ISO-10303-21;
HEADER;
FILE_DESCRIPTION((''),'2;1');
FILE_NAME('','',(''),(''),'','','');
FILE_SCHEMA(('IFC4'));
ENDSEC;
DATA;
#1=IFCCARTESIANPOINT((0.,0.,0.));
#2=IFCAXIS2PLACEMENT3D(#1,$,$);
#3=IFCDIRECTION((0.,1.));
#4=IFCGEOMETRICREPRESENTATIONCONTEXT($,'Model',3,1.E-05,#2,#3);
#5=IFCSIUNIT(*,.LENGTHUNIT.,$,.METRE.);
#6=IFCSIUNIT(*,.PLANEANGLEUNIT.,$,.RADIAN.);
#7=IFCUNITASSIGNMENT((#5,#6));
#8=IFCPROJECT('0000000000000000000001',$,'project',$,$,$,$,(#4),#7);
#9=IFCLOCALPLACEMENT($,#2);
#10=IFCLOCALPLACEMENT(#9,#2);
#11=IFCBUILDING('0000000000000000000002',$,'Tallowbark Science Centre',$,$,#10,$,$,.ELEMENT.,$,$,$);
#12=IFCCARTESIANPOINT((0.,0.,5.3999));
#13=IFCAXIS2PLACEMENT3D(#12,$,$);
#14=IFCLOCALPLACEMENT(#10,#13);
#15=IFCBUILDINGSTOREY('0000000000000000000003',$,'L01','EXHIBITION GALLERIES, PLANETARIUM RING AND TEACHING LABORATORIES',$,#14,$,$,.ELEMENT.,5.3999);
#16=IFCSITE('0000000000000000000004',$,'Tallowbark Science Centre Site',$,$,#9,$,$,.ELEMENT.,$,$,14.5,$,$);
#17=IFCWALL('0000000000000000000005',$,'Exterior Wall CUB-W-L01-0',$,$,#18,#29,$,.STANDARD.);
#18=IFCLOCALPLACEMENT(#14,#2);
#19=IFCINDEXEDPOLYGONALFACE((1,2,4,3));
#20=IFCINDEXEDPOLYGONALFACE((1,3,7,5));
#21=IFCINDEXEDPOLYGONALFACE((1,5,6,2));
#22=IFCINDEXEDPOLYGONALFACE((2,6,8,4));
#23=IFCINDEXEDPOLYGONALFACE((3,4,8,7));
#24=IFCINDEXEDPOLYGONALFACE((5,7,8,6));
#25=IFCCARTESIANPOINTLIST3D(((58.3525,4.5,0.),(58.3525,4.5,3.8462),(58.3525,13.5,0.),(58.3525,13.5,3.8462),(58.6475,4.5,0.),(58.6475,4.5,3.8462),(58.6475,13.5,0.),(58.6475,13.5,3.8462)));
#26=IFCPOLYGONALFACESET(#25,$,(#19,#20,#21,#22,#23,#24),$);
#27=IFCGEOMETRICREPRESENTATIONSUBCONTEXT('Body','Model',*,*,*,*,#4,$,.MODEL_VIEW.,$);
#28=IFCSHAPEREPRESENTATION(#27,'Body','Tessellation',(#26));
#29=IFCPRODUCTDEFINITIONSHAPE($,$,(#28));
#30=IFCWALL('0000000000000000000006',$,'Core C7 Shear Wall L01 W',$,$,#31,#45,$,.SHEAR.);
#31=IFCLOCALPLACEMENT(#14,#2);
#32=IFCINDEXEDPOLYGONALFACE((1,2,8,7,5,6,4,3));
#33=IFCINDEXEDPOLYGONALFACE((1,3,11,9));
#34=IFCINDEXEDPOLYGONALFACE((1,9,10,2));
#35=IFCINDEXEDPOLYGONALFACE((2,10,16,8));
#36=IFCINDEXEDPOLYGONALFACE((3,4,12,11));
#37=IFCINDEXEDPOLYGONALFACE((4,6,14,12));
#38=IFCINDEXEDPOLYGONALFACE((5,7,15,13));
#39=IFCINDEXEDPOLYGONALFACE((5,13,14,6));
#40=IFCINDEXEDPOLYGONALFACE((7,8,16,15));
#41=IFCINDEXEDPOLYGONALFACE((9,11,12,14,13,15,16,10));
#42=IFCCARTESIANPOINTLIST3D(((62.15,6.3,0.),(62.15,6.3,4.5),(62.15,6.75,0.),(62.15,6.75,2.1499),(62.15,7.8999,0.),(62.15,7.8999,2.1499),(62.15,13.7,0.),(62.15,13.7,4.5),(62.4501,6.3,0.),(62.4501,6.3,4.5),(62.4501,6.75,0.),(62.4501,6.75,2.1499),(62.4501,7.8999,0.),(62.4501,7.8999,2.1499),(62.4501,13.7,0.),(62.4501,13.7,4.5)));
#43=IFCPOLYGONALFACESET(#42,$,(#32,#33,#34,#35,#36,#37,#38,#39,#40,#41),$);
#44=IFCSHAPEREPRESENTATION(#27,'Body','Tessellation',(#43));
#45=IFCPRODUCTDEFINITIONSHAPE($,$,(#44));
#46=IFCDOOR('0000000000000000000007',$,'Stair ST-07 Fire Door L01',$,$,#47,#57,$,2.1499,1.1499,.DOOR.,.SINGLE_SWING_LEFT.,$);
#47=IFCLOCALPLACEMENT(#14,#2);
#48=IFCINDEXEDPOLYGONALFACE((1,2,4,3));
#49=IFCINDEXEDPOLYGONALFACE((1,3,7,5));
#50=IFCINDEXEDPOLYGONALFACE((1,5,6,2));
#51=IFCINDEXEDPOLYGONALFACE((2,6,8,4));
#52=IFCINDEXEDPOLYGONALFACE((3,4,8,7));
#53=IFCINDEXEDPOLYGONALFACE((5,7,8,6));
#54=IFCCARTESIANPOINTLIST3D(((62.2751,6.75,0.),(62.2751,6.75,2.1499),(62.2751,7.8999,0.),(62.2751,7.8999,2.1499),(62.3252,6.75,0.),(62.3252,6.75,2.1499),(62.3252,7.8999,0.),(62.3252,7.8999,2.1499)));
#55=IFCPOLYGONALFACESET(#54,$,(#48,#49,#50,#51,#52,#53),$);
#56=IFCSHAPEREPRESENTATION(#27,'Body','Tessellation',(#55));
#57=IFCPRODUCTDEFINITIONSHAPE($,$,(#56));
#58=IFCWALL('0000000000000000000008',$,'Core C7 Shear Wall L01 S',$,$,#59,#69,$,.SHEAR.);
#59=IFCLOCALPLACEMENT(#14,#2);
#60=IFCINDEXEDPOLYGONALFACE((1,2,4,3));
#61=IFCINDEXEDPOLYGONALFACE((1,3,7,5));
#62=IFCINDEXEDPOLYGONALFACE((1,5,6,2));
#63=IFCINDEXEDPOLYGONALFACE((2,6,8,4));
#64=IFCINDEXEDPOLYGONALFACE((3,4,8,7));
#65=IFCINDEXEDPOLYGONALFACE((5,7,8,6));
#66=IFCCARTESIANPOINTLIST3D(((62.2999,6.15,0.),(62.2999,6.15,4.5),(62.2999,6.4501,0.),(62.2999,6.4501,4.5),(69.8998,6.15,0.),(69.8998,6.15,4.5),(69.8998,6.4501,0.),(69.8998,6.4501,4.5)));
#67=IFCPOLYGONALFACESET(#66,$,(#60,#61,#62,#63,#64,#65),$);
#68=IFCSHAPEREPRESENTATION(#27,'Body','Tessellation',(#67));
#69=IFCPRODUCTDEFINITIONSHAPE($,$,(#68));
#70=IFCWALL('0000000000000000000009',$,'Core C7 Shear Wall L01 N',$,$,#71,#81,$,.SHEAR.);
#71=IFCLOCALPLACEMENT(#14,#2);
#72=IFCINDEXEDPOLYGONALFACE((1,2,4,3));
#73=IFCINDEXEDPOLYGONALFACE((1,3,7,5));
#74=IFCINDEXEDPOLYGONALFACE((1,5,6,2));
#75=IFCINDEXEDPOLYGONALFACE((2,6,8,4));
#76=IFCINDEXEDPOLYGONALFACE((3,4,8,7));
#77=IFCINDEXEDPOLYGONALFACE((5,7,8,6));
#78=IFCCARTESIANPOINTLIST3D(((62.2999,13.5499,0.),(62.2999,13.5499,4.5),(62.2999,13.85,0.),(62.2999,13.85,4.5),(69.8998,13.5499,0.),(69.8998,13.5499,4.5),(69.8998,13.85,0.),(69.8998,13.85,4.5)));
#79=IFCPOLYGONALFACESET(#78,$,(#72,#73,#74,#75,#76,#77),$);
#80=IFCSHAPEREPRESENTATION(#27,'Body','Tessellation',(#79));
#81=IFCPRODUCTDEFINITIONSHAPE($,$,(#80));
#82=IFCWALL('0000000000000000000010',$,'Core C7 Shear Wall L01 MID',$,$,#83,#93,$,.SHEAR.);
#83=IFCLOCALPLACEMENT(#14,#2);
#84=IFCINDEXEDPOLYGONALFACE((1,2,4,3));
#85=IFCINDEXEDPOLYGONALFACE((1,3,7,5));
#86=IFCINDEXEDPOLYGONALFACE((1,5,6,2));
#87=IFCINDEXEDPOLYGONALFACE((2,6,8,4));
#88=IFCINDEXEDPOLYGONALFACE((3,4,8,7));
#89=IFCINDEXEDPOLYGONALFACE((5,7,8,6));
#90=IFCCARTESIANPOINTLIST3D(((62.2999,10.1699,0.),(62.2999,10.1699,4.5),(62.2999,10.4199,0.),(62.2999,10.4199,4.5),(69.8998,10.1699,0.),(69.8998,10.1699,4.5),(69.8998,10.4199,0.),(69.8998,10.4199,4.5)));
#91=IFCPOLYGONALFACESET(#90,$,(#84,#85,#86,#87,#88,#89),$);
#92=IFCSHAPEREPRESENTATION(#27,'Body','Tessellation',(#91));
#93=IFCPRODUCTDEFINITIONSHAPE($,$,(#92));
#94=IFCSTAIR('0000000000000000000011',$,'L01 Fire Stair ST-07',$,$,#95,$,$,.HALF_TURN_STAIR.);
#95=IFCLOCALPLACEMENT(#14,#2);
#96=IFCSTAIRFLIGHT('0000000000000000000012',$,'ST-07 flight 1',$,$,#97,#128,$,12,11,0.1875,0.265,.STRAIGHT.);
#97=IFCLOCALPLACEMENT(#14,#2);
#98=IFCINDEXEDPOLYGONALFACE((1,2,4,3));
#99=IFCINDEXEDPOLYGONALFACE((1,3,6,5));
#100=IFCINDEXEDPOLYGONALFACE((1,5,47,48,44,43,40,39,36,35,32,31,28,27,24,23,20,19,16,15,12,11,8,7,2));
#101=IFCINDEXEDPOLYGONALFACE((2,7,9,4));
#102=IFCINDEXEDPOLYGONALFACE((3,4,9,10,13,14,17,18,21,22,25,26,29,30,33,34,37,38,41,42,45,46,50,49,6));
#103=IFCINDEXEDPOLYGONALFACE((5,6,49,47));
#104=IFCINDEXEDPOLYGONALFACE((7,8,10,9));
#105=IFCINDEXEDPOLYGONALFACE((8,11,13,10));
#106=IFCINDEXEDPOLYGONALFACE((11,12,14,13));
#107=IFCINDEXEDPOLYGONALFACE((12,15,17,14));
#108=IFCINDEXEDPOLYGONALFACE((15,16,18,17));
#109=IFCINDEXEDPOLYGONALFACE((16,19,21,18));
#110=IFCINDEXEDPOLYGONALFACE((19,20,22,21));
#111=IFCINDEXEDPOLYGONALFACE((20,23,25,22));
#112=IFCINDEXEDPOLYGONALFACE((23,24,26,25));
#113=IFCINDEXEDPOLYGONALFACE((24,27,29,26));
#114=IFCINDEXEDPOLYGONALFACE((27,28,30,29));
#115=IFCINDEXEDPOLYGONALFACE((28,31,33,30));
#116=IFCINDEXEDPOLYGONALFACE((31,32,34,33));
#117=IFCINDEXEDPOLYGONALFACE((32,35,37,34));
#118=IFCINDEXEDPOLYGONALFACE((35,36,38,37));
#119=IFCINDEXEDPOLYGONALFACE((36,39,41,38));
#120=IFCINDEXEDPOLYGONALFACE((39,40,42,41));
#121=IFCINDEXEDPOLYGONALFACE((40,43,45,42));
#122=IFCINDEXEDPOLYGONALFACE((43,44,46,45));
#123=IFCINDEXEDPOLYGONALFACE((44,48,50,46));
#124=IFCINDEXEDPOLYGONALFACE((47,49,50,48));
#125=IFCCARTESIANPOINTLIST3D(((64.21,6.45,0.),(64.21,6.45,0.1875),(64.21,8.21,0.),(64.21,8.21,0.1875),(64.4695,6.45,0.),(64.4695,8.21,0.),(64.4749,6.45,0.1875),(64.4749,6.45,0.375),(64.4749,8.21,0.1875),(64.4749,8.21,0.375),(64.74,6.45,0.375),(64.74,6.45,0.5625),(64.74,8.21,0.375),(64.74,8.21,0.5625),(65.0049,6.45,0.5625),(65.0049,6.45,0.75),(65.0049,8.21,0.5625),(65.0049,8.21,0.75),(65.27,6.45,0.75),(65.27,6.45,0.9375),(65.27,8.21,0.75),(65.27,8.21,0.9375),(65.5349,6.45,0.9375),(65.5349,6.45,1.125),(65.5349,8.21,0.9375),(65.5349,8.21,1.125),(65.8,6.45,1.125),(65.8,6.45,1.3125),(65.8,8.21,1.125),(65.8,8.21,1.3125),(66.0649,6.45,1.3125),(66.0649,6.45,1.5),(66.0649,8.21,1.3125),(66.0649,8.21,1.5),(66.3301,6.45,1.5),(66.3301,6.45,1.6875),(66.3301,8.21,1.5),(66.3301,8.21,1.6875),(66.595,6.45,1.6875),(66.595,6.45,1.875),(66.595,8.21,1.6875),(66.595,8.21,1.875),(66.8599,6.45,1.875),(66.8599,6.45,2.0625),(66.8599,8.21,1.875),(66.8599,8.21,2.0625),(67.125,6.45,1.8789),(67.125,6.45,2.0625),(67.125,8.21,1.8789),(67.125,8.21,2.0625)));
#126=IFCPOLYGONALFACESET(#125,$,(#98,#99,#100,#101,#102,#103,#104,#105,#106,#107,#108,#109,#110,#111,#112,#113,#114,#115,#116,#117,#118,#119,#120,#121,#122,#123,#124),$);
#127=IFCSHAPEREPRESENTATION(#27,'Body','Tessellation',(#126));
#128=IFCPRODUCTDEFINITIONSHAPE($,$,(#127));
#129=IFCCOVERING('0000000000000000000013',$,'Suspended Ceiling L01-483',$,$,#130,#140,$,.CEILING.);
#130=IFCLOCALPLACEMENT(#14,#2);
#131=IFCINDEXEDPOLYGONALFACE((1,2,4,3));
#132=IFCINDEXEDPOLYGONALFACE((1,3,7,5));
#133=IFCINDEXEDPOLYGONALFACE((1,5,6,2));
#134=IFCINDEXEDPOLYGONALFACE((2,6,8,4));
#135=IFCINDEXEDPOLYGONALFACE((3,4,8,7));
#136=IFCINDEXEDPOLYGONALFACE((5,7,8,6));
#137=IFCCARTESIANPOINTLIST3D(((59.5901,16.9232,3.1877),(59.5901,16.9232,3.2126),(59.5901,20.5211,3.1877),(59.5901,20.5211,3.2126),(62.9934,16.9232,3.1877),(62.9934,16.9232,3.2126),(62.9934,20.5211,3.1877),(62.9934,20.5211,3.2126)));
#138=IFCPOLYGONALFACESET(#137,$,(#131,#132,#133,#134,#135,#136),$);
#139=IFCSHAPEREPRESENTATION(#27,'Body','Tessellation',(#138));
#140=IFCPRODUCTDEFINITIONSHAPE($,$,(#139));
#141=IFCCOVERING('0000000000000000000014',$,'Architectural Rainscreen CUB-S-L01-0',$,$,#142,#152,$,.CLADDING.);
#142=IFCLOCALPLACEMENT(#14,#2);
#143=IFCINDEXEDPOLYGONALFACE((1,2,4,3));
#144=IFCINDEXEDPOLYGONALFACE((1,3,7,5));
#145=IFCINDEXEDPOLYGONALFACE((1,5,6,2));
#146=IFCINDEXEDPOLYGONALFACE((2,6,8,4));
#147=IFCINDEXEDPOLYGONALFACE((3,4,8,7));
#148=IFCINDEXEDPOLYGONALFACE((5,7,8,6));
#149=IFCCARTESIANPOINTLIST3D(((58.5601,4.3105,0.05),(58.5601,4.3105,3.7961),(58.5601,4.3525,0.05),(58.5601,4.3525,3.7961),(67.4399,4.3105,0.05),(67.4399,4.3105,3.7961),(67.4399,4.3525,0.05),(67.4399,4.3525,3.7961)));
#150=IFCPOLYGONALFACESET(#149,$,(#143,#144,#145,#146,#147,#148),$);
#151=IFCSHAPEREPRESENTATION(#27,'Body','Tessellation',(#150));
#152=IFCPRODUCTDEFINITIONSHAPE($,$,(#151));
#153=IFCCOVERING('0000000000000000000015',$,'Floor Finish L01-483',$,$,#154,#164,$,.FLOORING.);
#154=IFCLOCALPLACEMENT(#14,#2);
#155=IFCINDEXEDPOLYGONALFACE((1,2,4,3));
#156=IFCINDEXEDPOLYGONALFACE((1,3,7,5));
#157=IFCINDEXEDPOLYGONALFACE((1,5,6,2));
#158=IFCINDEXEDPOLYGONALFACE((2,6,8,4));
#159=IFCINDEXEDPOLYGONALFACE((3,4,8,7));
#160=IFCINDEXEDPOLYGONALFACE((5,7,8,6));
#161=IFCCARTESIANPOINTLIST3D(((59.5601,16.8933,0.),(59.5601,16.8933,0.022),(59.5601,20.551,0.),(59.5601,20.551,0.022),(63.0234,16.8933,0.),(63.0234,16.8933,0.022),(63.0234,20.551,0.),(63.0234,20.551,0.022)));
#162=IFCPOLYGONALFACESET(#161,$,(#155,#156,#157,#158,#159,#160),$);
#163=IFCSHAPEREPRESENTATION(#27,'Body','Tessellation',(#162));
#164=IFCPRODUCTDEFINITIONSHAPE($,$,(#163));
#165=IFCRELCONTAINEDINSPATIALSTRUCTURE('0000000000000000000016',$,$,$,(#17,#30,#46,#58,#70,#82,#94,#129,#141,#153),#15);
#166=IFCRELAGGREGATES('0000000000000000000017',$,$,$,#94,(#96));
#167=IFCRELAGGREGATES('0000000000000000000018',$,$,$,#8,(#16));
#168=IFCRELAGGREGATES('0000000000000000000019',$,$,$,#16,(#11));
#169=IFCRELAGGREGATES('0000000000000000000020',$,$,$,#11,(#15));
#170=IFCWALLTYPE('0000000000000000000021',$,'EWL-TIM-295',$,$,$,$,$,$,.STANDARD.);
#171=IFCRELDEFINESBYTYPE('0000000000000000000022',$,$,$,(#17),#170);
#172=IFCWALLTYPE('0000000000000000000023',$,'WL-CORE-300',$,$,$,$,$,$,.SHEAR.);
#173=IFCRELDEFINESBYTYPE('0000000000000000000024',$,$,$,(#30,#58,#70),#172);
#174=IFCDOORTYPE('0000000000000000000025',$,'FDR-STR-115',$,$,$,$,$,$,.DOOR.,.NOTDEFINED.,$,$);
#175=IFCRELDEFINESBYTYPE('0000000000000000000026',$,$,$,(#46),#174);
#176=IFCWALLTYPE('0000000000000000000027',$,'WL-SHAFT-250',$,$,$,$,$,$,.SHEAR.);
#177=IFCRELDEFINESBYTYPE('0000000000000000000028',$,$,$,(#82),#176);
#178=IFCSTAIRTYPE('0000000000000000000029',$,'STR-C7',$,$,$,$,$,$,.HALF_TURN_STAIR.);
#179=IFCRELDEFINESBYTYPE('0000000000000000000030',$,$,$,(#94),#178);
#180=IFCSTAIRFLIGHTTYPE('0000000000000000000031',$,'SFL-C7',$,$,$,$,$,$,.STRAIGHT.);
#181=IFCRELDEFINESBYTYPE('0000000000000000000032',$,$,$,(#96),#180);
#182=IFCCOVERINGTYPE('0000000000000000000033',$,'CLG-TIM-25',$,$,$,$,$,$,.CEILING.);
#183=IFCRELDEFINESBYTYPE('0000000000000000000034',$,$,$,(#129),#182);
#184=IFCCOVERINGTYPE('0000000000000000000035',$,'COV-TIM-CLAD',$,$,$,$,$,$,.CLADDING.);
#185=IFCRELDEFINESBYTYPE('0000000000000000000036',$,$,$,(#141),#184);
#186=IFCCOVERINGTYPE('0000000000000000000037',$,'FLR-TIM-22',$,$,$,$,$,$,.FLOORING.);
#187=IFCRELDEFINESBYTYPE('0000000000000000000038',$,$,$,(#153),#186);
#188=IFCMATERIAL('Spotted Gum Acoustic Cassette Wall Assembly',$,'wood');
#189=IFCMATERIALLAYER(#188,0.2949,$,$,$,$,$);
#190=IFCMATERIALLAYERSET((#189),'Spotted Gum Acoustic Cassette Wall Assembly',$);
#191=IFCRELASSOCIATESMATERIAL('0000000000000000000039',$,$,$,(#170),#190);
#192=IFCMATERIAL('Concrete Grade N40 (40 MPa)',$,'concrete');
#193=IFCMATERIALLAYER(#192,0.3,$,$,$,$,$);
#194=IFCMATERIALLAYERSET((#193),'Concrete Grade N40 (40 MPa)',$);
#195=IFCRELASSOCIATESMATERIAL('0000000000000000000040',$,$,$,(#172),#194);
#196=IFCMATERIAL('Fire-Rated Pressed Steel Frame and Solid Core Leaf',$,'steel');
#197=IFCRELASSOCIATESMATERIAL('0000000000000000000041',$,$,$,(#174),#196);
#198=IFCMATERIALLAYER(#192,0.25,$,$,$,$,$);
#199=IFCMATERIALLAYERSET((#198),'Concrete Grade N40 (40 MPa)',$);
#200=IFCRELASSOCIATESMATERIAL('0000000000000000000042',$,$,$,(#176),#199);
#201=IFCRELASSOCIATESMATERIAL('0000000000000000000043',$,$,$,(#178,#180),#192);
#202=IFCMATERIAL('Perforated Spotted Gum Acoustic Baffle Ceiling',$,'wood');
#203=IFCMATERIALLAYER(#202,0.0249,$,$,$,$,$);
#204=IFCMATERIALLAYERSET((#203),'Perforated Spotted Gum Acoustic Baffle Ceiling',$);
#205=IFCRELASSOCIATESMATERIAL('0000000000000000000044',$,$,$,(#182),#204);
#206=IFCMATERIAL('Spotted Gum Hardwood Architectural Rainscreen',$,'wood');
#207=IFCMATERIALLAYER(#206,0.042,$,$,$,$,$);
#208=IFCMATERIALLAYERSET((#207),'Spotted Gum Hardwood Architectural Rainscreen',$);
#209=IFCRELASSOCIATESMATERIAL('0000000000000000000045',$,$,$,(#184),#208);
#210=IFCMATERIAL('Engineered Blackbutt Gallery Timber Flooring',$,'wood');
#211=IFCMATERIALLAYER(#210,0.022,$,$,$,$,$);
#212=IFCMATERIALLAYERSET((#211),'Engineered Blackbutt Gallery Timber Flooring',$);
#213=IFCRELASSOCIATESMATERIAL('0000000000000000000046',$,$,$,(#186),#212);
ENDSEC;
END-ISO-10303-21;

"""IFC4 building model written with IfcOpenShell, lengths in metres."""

from ifc_helpers import new_model, si_unit, direction, frame, frame_2d, origin, origin_2d, place, context, subcontext, project, spatial, polyline, rectangle, outline, extrude, material, layer, layer_set, type_object, element, fill, aggregate, save


model = new_model("IFC4")

# Units and contexts
model_context = context("Model", 3, precision=1e-05, world=origin(), true_north=direction((0.0, 1.0)))
body_context = subcontext(model_context, "Body", "Model", "MODEL_VIEW")
ifc_project = project(units=[si_unit("LENGTHUNIT", "METRE"), si_unit("PLANEANGLEUNIT", "RADIAN")], contexts=[model_context])

# Site, building, storey
site_placement = place(None, origin())
site = spatial("IfcSite", under=ifc_project, at=site_placement, Name="Tallowbark Science Centre Site", CompositionType="ELEMENT", RefElevation=14.5)
building_placement = place(site_placement, origin())
building = spatial("IfcBuilding", under=site, at=building_placement, Name="Tallowbark Science Centre", CompositionType="ELEMENT")
storey_placement = place(building_placement, frame((0.0, 0.0, 5.3999)))
storey = spatial("IfcBuildingStorey", under=building, at=storey_placement, Name="L01", Description="EXHIBITION GALLERIES, PLANETARIUM RING AND TEACHING LABORATORIES", CompositionType="ELEMENT", Elevation=5.3999)

# Shared definitions
ifc_material_1 = material(Name="Concrete Grade N40 (40 MPa)", Category="concrete")

# Wall
ifc_material_2 = material(Name="Spotted Gum Acoustic Cassette Wall Assembly", Category="wood")
ifc_layer_1 = layer(ifc_material_2, 0.2949)
ifc_layer_set_1 = layer_set([ifc_layer_1], Name="Spotted Gum Acoustic Cassette Wall Assembly")
wall_type_1 = type_object("IfcWallType", Name="EWL-TIM-295", PredefinedType="STANDARD", material=ifc_layer_set_1)
for number, where, z_axis, x_axis, name in (
    (1, (58.5, 13.5, 0.0), (0.0, 0.0, 1.0), (0.0, -1.0, 0.0), "Exterior Wall CUB-W-L01-0"),
):
    element("IfcWall", number, at=place(storey_placement, frame(where, z_axis=z_axis, x_axis=x_axis)), inside=storey, type_object=wall_type_1, Name=name, PredefinedType="STANDARD", context=body_context, shape_type="SweptSolid", body=[
        extrude(rectangle(XDim=9.0, YDim=0.2949, at=frame_2d((4.5, 0.0))), origin(), (0.0, 0.0, 1.0), 3.8462),
    ])

# Wall, opening, door
ifc_layer_2 = layer(ifc_material_1, 0.3)
ifc_layer_set_2 = layer_set([ifc_layer_2], Name="Concrete Grade N40 (40 MPa)")
wall_type_2 = type_object("IfcWallType", Name="WL-CORE-300", PredefinedType="SHEAR", material=ifc_layer_set_2)
wall_1_placement = place(storey_placement, frame((62.3, 6.3, 0.0), z_axis=(0.0, 0.0, 1.0), x_axis=(0.0, 1.0, 0.0)))
wall_1 = element("IfcWall", 2, at=wall_1_placement, inside=storey, type_object=wall_type_2, Name="Core C7 Shear Wall L01 W", PredefinedType="SHEAR", context=body_context, shape_type="SweptSolid", body=[
    extrude(rectangle(XDim=7.3999, YDim=0.3, at=frame_2d((3.7, 0.0))), origin(), (0.0, 0.0, 1.0), 4.5),
])
opening_placement = place(wall_1_placement, frame((0.45, 0.0, 0.0)))
opening = element("IfcOpeningElement", 3, at=opening_placement, cuts=wall_1, PredefinedType="OPENING", context=body_context, shape_type="SweptSolid", body=[
    extrude(rectangle(XDim=1.1499, YDim=2.1499, at=frame_2d((0.575, 1.075))), frame((0.0, 0.1602, 0.0), z_axis=(0.0, -1.0, 0.0), x_axis=(1.0, 0.0, 0.0)), (0.0, 0.0, 1.0), 0.3201),
])
ifc_material_3 = material(Name="Fire-Rated Pressed Steel Frame and Solid Core Leaf", Category="steel")
door_type = type_object("IfcDoorType", Name="FDR-STR-115", OperationType="NOTDEFINED", PredefinedType="DOOR", material=ifc_material_3)
door_placement = place(opening_placement, origin())
door = element("IfcDoor", 4, at=door_placement, inside=storey, type_object=door_type, Name="Stair ST-07 Fire Door L01", OperationType="SINGLE_SWING_LEFT", OverallHeight=2.1499, OverallWidth=1.1499, PredefinedType="DOOR", context=body_context, shape_type="SweptSolid", body=[
    extrude(rectangle(XDim=1.1499, YDim=2.1499, at=frame_2d((0.575, 1.075))), frame((0.0, 0.0249, 0.0), z_axis=(0.0, -1.0, 0.0), x_axis=(1.0, 0.0, 0.0)), (0.0, 0.0, 1.0), 0.05),
])
fill(opening, door)

# Walls
for number, where, z_axis, x_axis, name in (
    (5, (62.3, 6.3, 0.0), (0.0, 0.0, 1.0), (1.0, 0.0, 0.0), "Core C7 Shear Wall L01 S"),
    (6, (62.3, 13.7, 0.0), (0.0, 0.0, 1.0), (1.0, 0.0, 0.0), "Core C7 Shear Wall L01 N"),
):
    element("IfcWall", number, at=place(storey_placement, frame(where, z_axis=z_axis, x_axis=x_axis)), inside=storey, type_object=wall_type_2, Name=name, PredefinedType="SHEAR", context=body_context, shape_type="SweptSolid", body=[
        extrude(rectangle(XDim=7.5999, YDim=0.3, at=frame_2d((3.7998, 0.0))), origin(), (0.0, 0.0, 1.0), 4.5),
    ])
ifc_layer_3 = layer(ifc_material_1, 0.25)
ifc_layer_set_3 = layer_set([ifc_layer_3], Name="Concrete Grade N40 (40 MPa)")
wall_type_3 = type_object("IfcWallType", Name="WL-SHAFT-250", PredefinedType="SHEAR", material=ifc_layer_set_3)
wall_2_placement = place(storey_placement, frame((62.3, 10.2949, 0.0), z_axis=(0.0, 0.0, 1.0), x_axis=(1.0, 0.0, 0.0)))
element("IfcWall", 7, at=wall_2_placement, inside=storey, type_object=wall_type_3, Name="Core C7 Shear Wall L01 MID", PredefinedType="SHEAR", context=body_context, shape_type="SweptSolid", body=[
    extrude(rectangle(XDim=7.5999, YDim=0.25, at=frame_2d((3.7998, 0.0))), origin(), (0.0, 0.0, 1.0), 4.5),
])

# Stair, stair flight
stair_type = type_object("IfcStairType", Name="STR-C7", PredefinedType="HALF_TURN_STAIR", material=ifc_material_1)
stair_placement = place(storey_placement, origin())
stair = element("IfcStair", 8, at=stair_placement, inside=storey, type_object=stair_type, Name="L01 Fire Stair ST-07", PredefinedType="HALF_TURN_STAIR")
stair_flight_type = type_object("IfcStairFlightType", Name="SFL-C7", PredefinedType="STRAIGHT", material=ifc_material_1)
stair_flight_placement = place(storey_placement, frame((64.21, 7.3301, 0.0), z_axis=(0.0, 0.0, 1.0), x_axis=(1.0, 0.0, 0.0)))
stair_flight = element("IfcStairFlight", 9, at=stair_flight_placement, type_object=stair_flight_type, Name="ST-07 flight 1", NumberOfRisers=12, NumberOfTreads=11, PredefinedType="STRAIGHT", RiserHeight=0.1875, TreadLength=0.265, context=body_context, shape_type="SweptSolid", body=[
    extrude(outline(polyline([(0.0, 0.0), (0.0, 0.1875), (0.2649, 0.1875), (0.2649, 0.375), (0.53, 0.375), (0.53, 0.5625), (0.7949, 0.5625), (0.7949, 0.75), (1.0601, 0.75), (1.0601, 0.9375), (1.325, 0.9375), (1.325, 1.125), (1.5901, 1.125), (1.5901, 1.3125), (1.855, 1.3125), (1.855, 1.5), (2.1201, 1.5), (2.1201, 1.6875), (2.385, 1.6875), (2.385, 1.875), (2.6499, 1.875), (2.6499, 2.0625), (2.915, 2.0625), (2.915, 2.25), (2.915, 1.8789), (0.2595, 0.0), (0.0, 0.0)])), frame((0.0, 0.8799, 0.0), z_axis=(0.0, -1.0, 0.0), x_axis=(1.0, 0.0, 0.0)), (0.0, 0.0, 1.0), 1.76),
])
aggregate(stair, [stair_flight])

# Coverings
ifc_material_4 = material(Name="Perforated Spotted Gum Acoustic Baffle Ceiling", Category="wood")
ifc_layer_4 = layer(ifc_material_4, 0.0249)
ifc_layer_set_4 = layer_set([ifc_layer_4], Name="Perforated Spotted Gum Acoustic Baffle Ceiling")
covering_type_1 = type_object("IfcCoveringType", Name="CLG-TIM-25", PredefinedType="CEILING", material=ifc_layer_set_4)
covering_1_placement = place(storey_placement, frame((61.2917, 18.7222, 3.1877), z_axis=(0.0, 0.0, 1.0), x_axis=(1.0, 0.0, 0.0)))
element("IfcCovering", 10, at=covering_1_placement, inside=storey, type_object=covering_type_1, Name="Suspended Ceiling L01-483", PredefinedType="CEILING", context=body_context, shape_type="SweptSolid", body=[
    extrude(rectangle(XDim=3.4033, YDim=3.5979, at=origin_2d()), origin(), (0.0, 0.0, 1.0), 0.0249),
])
ifc_material_5 = material(Name="Spotted Gum Hardwood Architectural Rainscreen", Category="wood")
ifc_layer_5 = layer(ifc_material_5, 0.042)
ifc_layer_set_5 = layer_set([ifc_layer_5], Name="Spotted Gum Hardwood Architectural Rainscreen")
covering_type_2 = type_object("IfcCoveringType", Name="COV-TIM-CLAD", PredefinedType="CLADDING", material=ifc_layer_set_5)
covering_2_placement = place(storey_placement, frame((63.0, 4.3315, 0.05), z_axis=(0.0, 0.0, 1.0), x_axis=(1.0, 0.0, 0.0)))
element("IfcCovering", 11, at=covering_2_placement, inside=storey, type_object=covering_type_2, Name="Architectural Rainscreen CUB-S-L01-0", PredefinedType="CLADDING", context=body_context, shape_type="SweptSolid", body=[
    extrude(rectangle(XDim=8.8799, YDim=0.042, at=origin_2d()), origin(), (0.0, 0.0, 1.0), 3.7461),
])
ifc_material_6 = material(Name="Engineered Blackbutt Gallery Timber Flooring", Category="wood")
ifc_layer_6 = layer(ifc_material_6, 0.022)
ifc_layer_set_6 = layer_set([ifc_layer_6], Name="Engineered Blackbutt Gallery Timber Flooring")
covering_type_3 = type_object("IfcCoveringType", Name="FLR-TIM-22", PredefinedType="FLOORING", material=ifc_layer_set_6)
covering_3_placement = place(storey_placement, frame((61.2917, 18.7222, 0.0), z_axis=(0.0, 0.0, 1.0), x_axis=(1.0, 0.0, 0.0)))
element("IfcCovering", 12, at=covering_3_placement, inside=storey, type_object=covering_type_3, Name="Floor Finish L01-483", PredefinedType="FLOORING", context=body_context, shape_type="SweptSolid", body=[
    extrude(rectangle(XDim=3.4634, YDim=3.6577, at=origin_2d()), origin(), (0.0, 0.0, 1.0), 0.022),
])

save(model, "model.ifc")
